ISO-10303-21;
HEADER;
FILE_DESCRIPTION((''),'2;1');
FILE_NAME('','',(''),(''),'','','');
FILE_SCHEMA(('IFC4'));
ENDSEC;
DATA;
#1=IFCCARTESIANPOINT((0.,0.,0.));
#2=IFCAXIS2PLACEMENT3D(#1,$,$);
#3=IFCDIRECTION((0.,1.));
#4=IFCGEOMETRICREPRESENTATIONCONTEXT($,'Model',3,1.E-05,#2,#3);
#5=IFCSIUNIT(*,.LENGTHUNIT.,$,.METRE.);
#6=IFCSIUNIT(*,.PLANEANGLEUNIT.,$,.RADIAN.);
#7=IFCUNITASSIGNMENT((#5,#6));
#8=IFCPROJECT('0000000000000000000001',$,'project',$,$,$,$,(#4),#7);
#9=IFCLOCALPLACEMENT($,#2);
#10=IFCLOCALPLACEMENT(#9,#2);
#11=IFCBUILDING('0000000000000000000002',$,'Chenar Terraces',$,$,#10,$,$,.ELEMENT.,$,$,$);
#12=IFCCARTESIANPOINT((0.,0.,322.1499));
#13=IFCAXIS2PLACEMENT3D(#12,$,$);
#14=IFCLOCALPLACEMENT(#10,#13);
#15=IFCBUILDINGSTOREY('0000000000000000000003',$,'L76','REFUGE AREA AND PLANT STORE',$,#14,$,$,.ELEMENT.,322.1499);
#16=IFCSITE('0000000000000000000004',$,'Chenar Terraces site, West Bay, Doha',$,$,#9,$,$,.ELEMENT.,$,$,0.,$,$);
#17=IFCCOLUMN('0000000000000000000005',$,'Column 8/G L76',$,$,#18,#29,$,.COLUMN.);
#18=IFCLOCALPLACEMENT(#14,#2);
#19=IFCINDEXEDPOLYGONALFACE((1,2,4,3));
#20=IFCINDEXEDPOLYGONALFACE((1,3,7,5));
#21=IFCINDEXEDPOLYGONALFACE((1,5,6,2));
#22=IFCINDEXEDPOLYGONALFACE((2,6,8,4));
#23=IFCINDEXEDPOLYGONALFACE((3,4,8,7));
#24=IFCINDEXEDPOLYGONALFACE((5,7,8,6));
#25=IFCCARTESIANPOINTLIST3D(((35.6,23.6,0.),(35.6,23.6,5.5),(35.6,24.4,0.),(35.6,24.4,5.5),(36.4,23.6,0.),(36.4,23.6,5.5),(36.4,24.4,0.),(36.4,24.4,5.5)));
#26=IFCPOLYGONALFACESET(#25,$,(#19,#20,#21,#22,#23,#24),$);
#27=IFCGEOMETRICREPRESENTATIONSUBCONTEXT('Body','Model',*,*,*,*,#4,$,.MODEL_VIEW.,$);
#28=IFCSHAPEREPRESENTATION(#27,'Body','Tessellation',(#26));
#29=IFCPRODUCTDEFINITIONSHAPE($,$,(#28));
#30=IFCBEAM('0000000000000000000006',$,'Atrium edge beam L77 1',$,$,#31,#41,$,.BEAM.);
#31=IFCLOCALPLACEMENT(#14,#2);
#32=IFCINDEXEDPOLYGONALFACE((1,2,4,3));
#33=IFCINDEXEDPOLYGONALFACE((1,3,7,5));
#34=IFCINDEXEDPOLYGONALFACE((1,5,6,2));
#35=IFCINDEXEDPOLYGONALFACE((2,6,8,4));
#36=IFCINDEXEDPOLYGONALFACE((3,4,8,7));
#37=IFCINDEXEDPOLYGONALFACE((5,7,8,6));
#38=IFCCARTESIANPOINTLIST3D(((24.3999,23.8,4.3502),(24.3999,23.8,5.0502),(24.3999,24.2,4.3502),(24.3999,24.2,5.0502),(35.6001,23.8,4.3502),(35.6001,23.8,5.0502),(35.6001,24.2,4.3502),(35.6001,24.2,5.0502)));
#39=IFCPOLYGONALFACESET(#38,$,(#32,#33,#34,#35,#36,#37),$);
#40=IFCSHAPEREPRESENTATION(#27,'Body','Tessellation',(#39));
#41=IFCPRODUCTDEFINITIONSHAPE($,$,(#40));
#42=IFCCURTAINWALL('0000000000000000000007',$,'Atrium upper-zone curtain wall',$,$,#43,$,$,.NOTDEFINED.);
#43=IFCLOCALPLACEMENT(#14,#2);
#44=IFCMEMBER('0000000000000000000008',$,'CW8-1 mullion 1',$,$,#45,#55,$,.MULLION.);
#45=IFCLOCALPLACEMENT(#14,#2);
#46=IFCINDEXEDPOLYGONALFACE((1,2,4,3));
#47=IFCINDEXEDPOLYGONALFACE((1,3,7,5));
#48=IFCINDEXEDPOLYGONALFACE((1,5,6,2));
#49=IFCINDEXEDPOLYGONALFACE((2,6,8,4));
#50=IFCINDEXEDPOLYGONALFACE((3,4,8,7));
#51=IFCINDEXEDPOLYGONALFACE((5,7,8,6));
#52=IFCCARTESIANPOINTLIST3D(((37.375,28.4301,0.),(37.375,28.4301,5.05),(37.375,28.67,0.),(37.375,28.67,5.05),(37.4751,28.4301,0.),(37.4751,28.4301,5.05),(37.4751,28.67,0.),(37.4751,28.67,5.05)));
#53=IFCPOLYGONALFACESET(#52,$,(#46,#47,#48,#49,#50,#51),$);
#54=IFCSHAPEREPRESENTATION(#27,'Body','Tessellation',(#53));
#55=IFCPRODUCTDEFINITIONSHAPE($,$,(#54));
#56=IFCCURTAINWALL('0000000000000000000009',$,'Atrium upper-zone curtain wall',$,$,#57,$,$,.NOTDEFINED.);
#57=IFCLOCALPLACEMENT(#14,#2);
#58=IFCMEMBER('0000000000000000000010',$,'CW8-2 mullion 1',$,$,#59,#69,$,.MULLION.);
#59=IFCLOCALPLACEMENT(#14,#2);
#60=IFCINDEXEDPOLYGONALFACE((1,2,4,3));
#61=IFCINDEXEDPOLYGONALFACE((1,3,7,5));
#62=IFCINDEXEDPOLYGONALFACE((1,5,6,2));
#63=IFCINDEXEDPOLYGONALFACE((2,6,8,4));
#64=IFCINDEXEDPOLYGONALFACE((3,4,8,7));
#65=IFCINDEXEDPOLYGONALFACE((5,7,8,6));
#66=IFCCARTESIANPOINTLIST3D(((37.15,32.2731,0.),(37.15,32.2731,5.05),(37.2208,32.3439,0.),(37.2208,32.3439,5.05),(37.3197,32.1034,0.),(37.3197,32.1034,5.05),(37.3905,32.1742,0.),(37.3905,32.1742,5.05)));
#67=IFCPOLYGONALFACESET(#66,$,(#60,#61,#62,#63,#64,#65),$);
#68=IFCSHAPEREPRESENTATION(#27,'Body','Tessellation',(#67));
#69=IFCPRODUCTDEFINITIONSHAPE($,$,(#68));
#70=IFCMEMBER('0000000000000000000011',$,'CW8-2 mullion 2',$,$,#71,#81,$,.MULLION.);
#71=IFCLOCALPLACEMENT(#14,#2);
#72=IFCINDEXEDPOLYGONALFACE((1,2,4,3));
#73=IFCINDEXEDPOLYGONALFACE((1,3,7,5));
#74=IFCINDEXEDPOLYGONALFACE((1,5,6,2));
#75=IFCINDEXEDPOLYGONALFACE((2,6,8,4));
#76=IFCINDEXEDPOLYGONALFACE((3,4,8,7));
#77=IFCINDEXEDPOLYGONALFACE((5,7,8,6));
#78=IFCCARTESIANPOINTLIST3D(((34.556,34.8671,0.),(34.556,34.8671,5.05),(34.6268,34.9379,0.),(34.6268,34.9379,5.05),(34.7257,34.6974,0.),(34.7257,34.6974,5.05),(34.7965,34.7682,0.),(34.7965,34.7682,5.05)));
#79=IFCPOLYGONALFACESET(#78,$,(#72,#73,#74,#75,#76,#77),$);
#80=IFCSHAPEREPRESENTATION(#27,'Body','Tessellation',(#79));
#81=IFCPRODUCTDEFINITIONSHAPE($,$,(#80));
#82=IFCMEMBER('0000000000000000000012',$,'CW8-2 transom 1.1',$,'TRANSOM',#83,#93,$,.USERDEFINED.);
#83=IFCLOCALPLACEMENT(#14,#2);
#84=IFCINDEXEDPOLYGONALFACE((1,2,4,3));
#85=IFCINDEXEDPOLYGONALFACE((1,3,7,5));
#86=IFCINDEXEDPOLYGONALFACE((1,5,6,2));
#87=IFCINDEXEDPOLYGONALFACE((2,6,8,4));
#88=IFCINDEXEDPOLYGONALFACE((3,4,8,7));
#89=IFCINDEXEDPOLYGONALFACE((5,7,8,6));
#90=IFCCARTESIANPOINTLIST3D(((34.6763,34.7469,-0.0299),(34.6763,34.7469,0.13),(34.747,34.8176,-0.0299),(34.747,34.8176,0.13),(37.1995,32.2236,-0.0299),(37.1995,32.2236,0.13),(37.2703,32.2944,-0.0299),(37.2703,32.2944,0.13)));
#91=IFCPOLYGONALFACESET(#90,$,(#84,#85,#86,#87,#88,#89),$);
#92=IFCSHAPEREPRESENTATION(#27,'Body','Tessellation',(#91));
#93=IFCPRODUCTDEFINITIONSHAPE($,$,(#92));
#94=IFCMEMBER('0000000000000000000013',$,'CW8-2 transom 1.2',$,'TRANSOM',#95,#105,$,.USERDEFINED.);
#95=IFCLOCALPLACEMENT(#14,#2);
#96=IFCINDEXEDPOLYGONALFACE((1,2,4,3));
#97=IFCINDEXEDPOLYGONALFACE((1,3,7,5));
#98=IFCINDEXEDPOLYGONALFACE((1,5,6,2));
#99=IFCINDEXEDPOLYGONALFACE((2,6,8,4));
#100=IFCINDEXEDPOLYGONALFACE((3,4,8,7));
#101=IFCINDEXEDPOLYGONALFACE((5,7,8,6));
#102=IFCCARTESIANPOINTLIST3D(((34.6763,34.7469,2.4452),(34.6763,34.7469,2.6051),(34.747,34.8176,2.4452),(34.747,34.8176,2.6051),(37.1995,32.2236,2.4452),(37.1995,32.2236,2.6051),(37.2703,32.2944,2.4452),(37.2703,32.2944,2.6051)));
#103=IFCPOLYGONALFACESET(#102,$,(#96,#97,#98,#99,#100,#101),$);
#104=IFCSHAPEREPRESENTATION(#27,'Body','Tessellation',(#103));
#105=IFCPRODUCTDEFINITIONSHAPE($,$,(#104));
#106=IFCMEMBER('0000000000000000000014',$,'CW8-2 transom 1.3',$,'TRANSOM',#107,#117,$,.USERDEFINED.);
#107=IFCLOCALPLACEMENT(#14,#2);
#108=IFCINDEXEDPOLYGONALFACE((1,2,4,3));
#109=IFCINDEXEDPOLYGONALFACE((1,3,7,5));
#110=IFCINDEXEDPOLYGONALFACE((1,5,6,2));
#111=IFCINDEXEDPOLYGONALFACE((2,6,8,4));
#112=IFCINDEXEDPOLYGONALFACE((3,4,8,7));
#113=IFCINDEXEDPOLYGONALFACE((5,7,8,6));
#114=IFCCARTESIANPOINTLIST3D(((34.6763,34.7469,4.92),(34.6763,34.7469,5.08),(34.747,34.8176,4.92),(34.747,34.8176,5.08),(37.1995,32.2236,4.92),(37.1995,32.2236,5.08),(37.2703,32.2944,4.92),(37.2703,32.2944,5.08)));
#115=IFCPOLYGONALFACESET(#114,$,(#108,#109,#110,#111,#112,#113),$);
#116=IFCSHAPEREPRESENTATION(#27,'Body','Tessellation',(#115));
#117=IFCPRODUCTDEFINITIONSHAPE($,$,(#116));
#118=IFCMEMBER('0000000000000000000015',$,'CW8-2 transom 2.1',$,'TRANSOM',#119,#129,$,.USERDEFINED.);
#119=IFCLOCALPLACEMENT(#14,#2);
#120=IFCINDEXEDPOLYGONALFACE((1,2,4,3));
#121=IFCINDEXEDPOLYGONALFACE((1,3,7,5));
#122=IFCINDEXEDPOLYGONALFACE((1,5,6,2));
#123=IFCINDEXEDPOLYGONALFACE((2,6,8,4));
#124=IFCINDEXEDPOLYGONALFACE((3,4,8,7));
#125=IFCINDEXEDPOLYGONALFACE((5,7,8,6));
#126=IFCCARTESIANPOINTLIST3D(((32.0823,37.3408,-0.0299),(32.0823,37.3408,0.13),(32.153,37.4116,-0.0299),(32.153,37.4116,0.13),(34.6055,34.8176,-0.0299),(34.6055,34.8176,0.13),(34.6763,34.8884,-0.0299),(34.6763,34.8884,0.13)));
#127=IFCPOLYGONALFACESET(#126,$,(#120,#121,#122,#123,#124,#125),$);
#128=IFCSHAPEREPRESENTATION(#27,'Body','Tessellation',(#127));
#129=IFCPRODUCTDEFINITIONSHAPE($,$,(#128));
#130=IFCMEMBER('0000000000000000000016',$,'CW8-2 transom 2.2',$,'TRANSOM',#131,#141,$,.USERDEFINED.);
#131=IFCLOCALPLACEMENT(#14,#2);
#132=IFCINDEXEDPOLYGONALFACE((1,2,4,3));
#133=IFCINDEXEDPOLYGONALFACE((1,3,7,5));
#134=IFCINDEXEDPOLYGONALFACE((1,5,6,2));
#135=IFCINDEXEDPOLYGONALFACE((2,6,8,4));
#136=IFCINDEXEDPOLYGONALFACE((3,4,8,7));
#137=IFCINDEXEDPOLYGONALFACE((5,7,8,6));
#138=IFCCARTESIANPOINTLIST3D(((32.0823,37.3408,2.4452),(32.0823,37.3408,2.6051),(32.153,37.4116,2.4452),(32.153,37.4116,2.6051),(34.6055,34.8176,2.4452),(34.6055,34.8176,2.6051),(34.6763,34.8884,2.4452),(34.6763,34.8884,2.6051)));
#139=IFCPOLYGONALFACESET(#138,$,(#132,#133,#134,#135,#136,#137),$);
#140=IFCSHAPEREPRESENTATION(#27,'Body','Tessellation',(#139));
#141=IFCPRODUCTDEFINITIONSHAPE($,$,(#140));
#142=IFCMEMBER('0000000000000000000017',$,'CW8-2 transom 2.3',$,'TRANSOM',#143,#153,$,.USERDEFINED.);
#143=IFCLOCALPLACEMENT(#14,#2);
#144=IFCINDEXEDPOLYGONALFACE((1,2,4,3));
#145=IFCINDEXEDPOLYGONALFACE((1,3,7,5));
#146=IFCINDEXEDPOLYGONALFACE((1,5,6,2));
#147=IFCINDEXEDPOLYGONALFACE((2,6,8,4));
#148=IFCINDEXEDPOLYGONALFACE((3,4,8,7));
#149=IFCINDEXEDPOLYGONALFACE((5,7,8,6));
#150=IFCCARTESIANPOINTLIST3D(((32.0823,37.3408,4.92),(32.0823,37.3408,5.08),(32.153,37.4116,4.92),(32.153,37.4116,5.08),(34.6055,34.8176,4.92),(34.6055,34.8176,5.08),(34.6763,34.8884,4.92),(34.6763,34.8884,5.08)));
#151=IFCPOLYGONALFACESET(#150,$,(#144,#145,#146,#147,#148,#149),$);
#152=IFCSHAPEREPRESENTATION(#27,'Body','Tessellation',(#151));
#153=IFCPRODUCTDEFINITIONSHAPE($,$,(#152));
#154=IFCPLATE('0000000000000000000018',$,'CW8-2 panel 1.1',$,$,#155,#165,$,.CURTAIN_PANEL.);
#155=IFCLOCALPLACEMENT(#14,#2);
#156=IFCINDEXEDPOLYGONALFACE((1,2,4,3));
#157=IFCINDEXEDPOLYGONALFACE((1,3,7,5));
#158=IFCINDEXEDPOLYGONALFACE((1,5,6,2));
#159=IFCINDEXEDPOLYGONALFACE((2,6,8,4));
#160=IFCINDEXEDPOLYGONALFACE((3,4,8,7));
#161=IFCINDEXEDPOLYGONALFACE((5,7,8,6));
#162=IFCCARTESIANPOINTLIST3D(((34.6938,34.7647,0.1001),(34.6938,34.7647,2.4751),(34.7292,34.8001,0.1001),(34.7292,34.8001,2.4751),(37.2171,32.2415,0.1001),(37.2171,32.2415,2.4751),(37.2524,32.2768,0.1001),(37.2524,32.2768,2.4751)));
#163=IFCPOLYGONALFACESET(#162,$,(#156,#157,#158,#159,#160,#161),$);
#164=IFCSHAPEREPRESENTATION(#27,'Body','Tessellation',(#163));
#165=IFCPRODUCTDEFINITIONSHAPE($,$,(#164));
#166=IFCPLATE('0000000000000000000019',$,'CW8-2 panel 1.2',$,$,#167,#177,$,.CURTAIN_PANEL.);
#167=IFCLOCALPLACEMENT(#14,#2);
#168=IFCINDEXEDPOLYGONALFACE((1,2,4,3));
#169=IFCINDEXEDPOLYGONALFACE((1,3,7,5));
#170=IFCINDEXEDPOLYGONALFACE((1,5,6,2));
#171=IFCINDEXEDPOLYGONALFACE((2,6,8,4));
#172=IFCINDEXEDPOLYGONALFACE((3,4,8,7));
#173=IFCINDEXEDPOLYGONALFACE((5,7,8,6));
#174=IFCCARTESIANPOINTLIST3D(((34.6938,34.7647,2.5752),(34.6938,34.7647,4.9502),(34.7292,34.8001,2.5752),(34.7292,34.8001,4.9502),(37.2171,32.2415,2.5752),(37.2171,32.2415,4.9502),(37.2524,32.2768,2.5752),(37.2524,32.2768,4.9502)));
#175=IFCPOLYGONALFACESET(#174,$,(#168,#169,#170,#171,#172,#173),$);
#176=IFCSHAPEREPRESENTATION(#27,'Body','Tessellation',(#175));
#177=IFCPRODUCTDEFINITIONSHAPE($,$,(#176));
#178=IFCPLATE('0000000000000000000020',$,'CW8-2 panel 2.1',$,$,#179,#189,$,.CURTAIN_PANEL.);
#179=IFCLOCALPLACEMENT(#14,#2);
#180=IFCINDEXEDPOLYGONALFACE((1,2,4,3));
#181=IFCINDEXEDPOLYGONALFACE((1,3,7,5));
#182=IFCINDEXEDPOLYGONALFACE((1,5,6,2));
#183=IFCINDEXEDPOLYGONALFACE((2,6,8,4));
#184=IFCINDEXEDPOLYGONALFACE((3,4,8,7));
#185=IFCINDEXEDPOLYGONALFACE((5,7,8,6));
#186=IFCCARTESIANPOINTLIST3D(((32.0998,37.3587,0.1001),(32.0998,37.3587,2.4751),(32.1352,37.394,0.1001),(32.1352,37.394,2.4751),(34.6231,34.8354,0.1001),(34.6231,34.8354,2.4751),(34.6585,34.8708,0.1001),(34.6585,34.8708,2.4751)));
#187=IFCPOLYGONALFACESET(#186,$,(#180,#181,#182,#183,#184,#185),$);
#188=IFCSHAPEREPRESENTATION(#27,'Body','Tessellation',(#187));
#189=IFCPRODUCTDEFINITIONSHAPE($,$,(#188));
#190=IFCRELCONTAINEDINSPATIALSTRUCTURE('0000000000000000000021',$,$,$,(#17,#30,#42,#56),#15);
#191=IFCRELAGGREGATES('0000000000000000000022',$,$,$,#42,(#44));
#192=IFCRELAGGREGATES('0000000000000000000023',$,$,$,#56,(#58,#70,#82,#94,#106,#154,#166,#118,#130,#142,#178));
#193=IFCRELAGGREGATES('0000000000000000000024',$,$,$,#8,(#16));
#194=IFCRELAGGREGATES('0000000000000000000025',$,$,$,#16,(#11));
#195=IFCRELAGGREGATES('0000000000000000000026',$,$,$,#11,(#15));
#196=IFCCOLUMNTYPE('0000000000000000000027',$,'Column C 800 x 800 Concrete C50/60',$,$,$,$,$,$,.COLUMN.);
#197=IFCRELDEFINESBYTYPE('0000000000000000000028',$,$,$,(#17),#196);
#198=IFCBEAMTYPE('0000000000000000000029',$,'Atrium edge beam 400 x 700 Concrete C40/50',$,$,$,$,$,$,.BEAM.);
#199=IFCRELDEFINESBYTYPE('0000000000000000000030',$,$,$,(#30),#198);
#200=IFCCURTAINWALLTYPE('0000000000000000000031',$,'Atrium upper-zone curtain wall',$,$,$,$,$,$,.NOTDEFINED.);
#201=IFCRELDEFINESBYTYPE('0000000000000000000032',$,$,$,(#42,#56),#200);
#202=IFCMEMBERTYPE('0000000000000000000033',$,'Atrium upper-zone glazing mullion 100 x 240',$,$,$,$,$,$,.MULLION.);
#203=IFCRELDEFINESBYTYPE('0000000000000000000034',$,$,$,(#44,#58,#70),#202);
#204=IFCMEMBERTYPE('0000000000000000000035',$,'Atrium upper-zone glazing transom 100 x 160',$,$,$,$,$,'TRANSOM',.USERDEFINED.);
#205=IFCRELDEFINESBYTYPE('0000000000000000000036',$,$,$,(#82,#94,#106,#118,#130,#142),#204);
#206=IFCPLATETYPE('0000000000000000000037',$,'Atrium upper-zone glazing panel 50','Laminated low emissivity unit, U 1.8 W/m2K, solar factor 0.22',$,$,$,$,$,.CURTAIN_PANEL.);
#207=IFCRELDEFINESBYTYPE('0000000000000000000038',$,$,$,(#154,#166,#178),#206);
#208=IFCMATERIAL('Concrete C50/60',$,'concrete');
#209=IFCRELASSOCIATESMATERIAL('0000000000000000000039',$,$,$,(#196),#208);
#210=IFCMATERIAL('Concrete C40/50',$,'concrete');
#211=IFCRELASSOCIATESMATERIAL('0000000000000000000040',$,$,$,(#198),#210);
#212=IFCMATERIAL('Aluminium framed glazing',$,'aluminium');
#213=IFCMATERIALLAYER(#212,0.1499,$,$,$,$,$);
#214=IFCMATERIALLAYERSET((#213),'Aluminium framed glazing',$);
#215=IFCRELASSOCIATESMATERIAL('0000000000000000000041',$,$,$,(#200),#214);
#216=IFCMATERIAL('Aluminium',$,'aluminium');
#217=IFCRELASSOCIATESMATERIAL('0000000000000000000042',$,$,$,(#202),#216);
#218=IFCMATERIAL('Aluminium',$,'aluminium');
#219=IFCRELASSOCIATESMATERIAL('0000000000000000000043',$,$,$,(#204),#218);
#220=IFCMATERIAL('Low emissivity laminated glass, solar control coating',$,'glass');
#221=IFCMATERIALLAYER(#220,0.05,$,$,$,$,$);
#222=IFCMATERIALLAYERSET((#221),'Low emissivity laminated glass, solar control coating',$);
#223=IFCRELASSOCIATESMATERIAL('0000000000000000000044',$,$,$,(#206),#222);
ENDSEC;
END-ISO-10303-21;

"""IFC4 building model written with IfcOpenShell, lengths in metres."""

from ifc_helpers import new_model, si_unit, direction, frame, origin, origin_2d, place, context, subcontext, project, spatial, rectangle, extrude, material, layer, layer_set, material_profile, profile_set, type_object, element, aggregate, save


model = new_model("IFC4")

# Units and contexts
model_context = context("Model", 3, precision=1e-05, world=origin(), true_north=direction((0.0, 1.0)))
body_context = subcontext(model_context, "Body", "Model", "MODEL_VIEW")
ifc_project = project(units=[si_unit("LENGTHUNIT", "METRE"), si_unit("PLANEANGLEUNIT", "RADIAN")], contexts=[model_context])

# Site, building, storey
site_placement = place(None, origin())
site = spatial("IfcSite", under=ifc_project, at=site_placement, Name="Chenar Terraces site, West Bay, Doha", CompositionType="ELEMENT", RefElevation=0.0)
building_placement = place(site_placement, origin())
building = spatial("IfcBuilding", under=site, at=building_placement, Name="Chenar Terraces", CompositionType="ELEMENT")
storey_placement = place(building_placement, frame((0.0, 0.0, 322.1499)))
storey = spatial("IfcBuildingStorey", under=building, at=storey_placement, Name="L76", Description="REFUGE AREA AND PLANT STORE", CompositionType="ELEMENT", Elevation=322.1499)

# Column
ifc_material_1 = material(Name="Concrete C50/60", Category="concrete")
ifc_material_profile_1 = material_profile(ifc_material_1, rectangle(XDim=0.8, YDim=0.8, at=origin_2d()), Name="C 800 x 800")
ifc_profile_set_1 = profile_set([ifc_material_profile_1], Name="Concrete C50/60")
column_type = type_object("IfcColumnType", Name="Column C 800 x 800 Concrete C50/60", PredefinedType="COLUMN", material=ifc_profile_set_1)
column_placement = place(storey_placement, frame((36.0, 24.0, 0.0), z_axis=(0.0, 0.0, 1.0), x_axis=(1.0, 0.0, 0.0)))
element("IfcColumn", 1, at=column_placement, inside=storey, type_object=column_type, Name="Column 8/G L76", PredefinedType="COLUMN", context=body_context, shape_type="SweptSolid", body=[
    extrude(rectangle(XDim=0.8, YDim=0.8, at=origin_2d()), origin(), (0.0, 0.0, 1.0), 5.5),
])

# Beam
ifc_material_2 = material(Name="Concrete C40/50", Category="concrete")
ifc_material_profile_2 = material_profile(ifc_material_2, rectangle(XDim=0.3999, YDim=0.7, at=origin_2d()), Name="RC 400 x 700")
ifc_profile_set_2 = profile_set([ifc_material_profile_2], Name="Concrete C40/50")
beam_type = type_object("IfcBeamType", Name="Atrium edge beam 400 x 700 Concrete C40/50", PredefinedType="BEAM", material=ifc_profile_set_2)
beam_placement = place(storey_placement, frame((24.3999, 24.0, 4.7002), z_axis=(1.0, 0.0, 0.0), x_axis=(0.0, 1.0, 0.0)))
element("IfcBeam", 2, at=beam_placement, inside=storey, type_object=beam_type, Name="Atrium edge beam L77 1", PredefinedType="BEAM", context=body_context, shape_type="SweptSolid", body=[
    extrude(rectangle(XDim=0.3999, YDim=0.7, at=origin_2d()), origin(), (0.0, 0.0, 1.0), 11.2002),
])

# Curtain wall, member
ifc_material_3 = material(Name="Aluminium framed glazing", Category="aluminium")
ifc_layer_1 = layer(ifc_material_3, 0.1499)
ifc_layer_set_1 = layer_set([ifc_layer_1], Name="Aluminium framed glazing")
curtain_wall_type = type_object("IfcCurtainWallType", Name="Atrium upper-zone curtain wall", PredefinedType="NOTDEFINED", material=ifc_layer_set_1)
placement = place(storey_placement, origin())
curtain_wall_1 = element("IfcCurtainWall", 3, at=placement, inside=storey, type_object=curtain_wall_type, Name="Atrium upper-zone curtain wall", PredefinedType="NOTDEFINED")
ifc_material_4 = material(Name="Aluminium", Category="aluminium")
ifc_material_profile_3 = material_profile(ifc_material_4, rectangle(XDim=0.1001, YDim=0.24, at=origin_2d()), Name="Atrium upper-zone glazing mullion 100 x 240")
ifc_profile_set_3 = profile_set([ifc_material_profile_3], Name="Aluminium")
member_type_1 = type_object("IfcMemberType", Name="Atrium upper-zone glazing mullion 100 x 240", PredefinedType="MULLION", material=ifc_profile_set_3)
member_1_placement = place(storey_placement, frame((37.425, 28.55, 0.0), z_axis=(0.0, 0.0, 1.0), x_axis=(-1.0, 0.0, 0.0)))
member_1 = element("IfcMember", 4, at=member_1_placement, type_object=member_type_1, Name="CW8-1 mullion 1", PredefinedType="MULLION", context=body_context, shape_type="SweptSolid", body=[
    extrude(rectangle(XDim=0.1001, YDim=0.24, at=origin_2d()), origin(), (0.0, 0.0, 1.0), 5.05),
])
aggregate(curtain_wall_1, [member_1])

# Curtain wall, members, plates
curtain_wall_2 = element("IfcCurtainWall", 5, at=placement, inside=storey, type_object=curtain_wall_type, Name="Atrium upper-zone curtain wall", PredefinedType="NOTDEFINED")
member_2_placement = place(storey_placement, frame((37.2703, 32.2236, 0.0), z_axis=(0.0, 0.0, 1.0), x_axis=(-0.707107, -0.707107, 0.0)))
member_2 = element("IfcMember", 6, at=member_2_placement, type_object=member_type_1, Name="CW8-2 mullion 1", PredefinedType="MULLION", context=body_context, shape_type="SweptSolid", body=[
    extrude(rectangle(XDim=0.1001, YDim=0.24, at=origin_2d()), origin(), (0.0, 0.0, 1.0), 5.05),
])
member_3_placement = place(storey_placement, frame((34.6763, 34.8176, 0.0), z_axis=(0.0, 0.0, 1.0), x_axis=(-0.707107, -0.707107, 0.0)))
member_3 = element("IfcMember", 7, at=member_3_placement, type_object=member_type_1, Name="CW8-2 mullion 2", PredefinedType="MULLION", context=body_context, shape_type="SweptSolid", body=[
    extrude(rectangle(XDim=0.1001, YDim=0.24, at=origin_2d()), origin(), (0.0, 0.0, 1.0), 5.05),
])
ifc_material_5 = material(Name="Aluminium", Category="aluminium")
ifc_material_profile_4 = material_profile(ifc_material_5, rectangle(XDim=0.1001, YDim=0.1599, at=origin_2d()), Name="Atrium upper-zone glazing transom 100 x 160")
ifc_profile_set_4 = profile_set([ifc_material_profile_4], Name="Aluminium")
member_type_2 = type_object("IfcMemberType", Name="Atrium upper-zone glazing transom 100 x 160", ElementType="TRANSOM", PredefinedType="USERDEFINED", material=ifc_profile_set_4)
member_4_placement = place(storey_placement, frame((37.2349, 32.259, 0.05), z_axis=(-0.707107, 0.707107, 0.0), x_axis=(-0.707107, -0.707107, 0.0)))
member_4 = element("IfcMember", 8, at=member_4_placement, type_object=member_type_2, Name="CW8-2 transom 1.1", ObjectType="TRANSOM", PredefinedType="USERDEFINED", context=body_context, shape_type="SweptSolid", body=[
    extrude(rectangle(XDim=0.1001, YDim=0.1599, at=origin_2d()), origin(), (0.0, 0.0, 1.0), 3.5684),
])
member_5_placement = place(storey_placement, frame((37.2349, 32.259, 2.5251), z_axis=(-0.707107, 0.707107, 0.0), x_axis=(-0.707107, -0.707107, 0.0)))
member_5 = element("IfcMember", 9, at=member_5_placement, type_object=member_type_2, Name="CW8-2 transom 1.2", ObjectType="TRANSOM", PredefinedType="USERDEFINED", context=body_context, shape_type="SweptSolid", body=[
    extrude(rectangle(XDim=0.1001, YDim=0.1599, at=origin_2d()), origin(), (0.0, 0.0, 1.0), 3.5684),
])
member_6_placement = place(storey_placement, frame((37.2349, 32.259, 5.0), z_axis=(-0.707107, 0.707107, 0.0), x_axis=(-0.707107, -0.707107, 0.0)))
member_6 = element("IfcMember", 10, at=member_6_placement, type_object=member_type_2, Name="CW8-2 transom 1.3", ObjectType="TRANSOM", PredefinedType="USERDEFINED", context=body_context, shape_type="SweptSolid", body=[
    extrude(rectangle(XDim=0.1001, YDim=0.1599, at=origin_2d()), origin(), (0.0, 0.0, 1.0), 3.5684),
])
member_7_placement = place(storey_placement, frame((34.6409, 34.853, 0.05), z_axis=(-0.707107, 0.707107, 0.0), x_axis=(-0.707107, -0.707107, 0.0)))
member_7 = element("IfcMember", 11, at=member_7_placement, type_object=member_type_2, Name="CW8-2 transom 2.1", ObjectType="TRANSOM", PredefinedType="USERDEFINED", context=body_context, shape_type="SweptSolid", body=[
    extrude(rectangle(XDim=0.1001, YDim=0.1599, at=origin_2d()), origin(), (0.0, 0.0, 1.0), 3.5684),
])
member_8_placement = place(storey_placement, frame((34.6409, 34.853, 2.5251), z_axis=(-0.707107, 0.707107, 0.0), x_axis=(-0.707107, -0.707107, 0.0)))
member_8 = element("IfcMember", 12, at=member_8_placement, type_object=member_type_2, Name="CW8-2 transom 2.2", ObjectType="TRANSOM", PredefinedType="USERDEFINED", context=body_context, shape_type="SweptSolid", body=[
    extrude(rectangle(XDim=0.1001, YDim=0.1599, at=origin_2d()), origin(), (0.0, 0.0, 1.0), 3.5684),
])
member_9_placement = place(storey_placement, frame((34.6409, 34.853, 5.0), z_axis=(-0.707107, 0.707107, 0.0), x_axis=(-0.707107, -0.707107, 0.0)))
member_9 = element("IfcMember", 13, at=member_9_placement, type_object=member_type_2, Name="CW8-2 transom 2.3", ObjectType="TRANSOM", PredefinedType="USERDEFINED", context=body_context, shape_type="SweptSolid", body=[
    extrude(rectangle(XDim=0.1001, YDim=0.1599, at=origin_2d()), origin(), (0.0, 0.0, 1.0), 3.5684),
])
ifc_material_6 = material(Name="Low emissivity laminated glass, solar control coating", Category="glass")
ifc_layer_2 = layer(ifc_material_6, 0.05)
ifc_layer_set_2 = layer_set([ifc_layer_2], Name="Low emissivity laminated glass, solar control coating")
plate_type = type_object("IfcPlateType", Name="Atrium upper-zone glazing panel 50", Description="Laminated low emissivity unit, U 1.8 W/m2K, solar factor 0.22", PredefinedType="CURTAIN_PANEL", material=ifc_layer_set_2)
plate_1_placement = place(storey_placement, frame((35.9731, 33.5208, 0.1001), z_axis=(0.0, 0.0, 1.0), x_axis=(-0.707107, 0.707107, 0.0)))
plate_1 = element("IfcPlate", 14, at=plate_1_placement, type_object=plate_type, Name="CW8-2 panel 1.1", PredefinedType="CURTAIN_PANEL", context=body_context, shape_type="SweptSolid", body=[
    extrude(rectangle(XDim=3.5684, YDim=0.05, at=origin_2d()), origin(), (0.0, 0.0, 1.0), 2.375),
])
plate_2_placement = place(storey_placement, frame((35.9731, 33.5208, 2.5752), z_axis=(0.0, 0.0, 1.0), x_axis=(-0.707107, 0.707107, 0.0)))
plate_2 = element("IfcPlate", 15, at=plate_2_placement, type_object=plate_type, Name="CW8-2 panel 1.2", PredefinedType="CURTAIN_PANEL", context=body_context, shape_type="SweptSolid", body=[
    extrude(rectangle(XDim=3.5684, YDim=0.05, at=origin_2d()), origin(), (0.0, 0.0, 1.0), 2.375),
])
plate_3_placement = place(storey_placement, frame((33.3792, 36.1147, 0.1001), z_axis=(0.0, 0.0, 1.0), x_axis=(-0.707107, 0.707107, 0.0)))
plate_3 = element("IfcPlate", 16, at=plate_3_placement, type_object=plate_type, Name="CW8-2 panel 2.1", PredefinedType="CURTAIN_PANEL", context=body_context, shape_type="SweptSolid", body=[
    extrude(rectangle(XDim=3.5684, YDim=0.05, at=origin_2d()), origin(), (0.0, 0.0, 1.0), 2.375),
])
aggregate(curtain_wall_2, [member_2, member_3, member_4, member_5, member_6, plate_1, plate_2, member_7, member_8, member_9, plate_3])

save(model, "model.ifc")
